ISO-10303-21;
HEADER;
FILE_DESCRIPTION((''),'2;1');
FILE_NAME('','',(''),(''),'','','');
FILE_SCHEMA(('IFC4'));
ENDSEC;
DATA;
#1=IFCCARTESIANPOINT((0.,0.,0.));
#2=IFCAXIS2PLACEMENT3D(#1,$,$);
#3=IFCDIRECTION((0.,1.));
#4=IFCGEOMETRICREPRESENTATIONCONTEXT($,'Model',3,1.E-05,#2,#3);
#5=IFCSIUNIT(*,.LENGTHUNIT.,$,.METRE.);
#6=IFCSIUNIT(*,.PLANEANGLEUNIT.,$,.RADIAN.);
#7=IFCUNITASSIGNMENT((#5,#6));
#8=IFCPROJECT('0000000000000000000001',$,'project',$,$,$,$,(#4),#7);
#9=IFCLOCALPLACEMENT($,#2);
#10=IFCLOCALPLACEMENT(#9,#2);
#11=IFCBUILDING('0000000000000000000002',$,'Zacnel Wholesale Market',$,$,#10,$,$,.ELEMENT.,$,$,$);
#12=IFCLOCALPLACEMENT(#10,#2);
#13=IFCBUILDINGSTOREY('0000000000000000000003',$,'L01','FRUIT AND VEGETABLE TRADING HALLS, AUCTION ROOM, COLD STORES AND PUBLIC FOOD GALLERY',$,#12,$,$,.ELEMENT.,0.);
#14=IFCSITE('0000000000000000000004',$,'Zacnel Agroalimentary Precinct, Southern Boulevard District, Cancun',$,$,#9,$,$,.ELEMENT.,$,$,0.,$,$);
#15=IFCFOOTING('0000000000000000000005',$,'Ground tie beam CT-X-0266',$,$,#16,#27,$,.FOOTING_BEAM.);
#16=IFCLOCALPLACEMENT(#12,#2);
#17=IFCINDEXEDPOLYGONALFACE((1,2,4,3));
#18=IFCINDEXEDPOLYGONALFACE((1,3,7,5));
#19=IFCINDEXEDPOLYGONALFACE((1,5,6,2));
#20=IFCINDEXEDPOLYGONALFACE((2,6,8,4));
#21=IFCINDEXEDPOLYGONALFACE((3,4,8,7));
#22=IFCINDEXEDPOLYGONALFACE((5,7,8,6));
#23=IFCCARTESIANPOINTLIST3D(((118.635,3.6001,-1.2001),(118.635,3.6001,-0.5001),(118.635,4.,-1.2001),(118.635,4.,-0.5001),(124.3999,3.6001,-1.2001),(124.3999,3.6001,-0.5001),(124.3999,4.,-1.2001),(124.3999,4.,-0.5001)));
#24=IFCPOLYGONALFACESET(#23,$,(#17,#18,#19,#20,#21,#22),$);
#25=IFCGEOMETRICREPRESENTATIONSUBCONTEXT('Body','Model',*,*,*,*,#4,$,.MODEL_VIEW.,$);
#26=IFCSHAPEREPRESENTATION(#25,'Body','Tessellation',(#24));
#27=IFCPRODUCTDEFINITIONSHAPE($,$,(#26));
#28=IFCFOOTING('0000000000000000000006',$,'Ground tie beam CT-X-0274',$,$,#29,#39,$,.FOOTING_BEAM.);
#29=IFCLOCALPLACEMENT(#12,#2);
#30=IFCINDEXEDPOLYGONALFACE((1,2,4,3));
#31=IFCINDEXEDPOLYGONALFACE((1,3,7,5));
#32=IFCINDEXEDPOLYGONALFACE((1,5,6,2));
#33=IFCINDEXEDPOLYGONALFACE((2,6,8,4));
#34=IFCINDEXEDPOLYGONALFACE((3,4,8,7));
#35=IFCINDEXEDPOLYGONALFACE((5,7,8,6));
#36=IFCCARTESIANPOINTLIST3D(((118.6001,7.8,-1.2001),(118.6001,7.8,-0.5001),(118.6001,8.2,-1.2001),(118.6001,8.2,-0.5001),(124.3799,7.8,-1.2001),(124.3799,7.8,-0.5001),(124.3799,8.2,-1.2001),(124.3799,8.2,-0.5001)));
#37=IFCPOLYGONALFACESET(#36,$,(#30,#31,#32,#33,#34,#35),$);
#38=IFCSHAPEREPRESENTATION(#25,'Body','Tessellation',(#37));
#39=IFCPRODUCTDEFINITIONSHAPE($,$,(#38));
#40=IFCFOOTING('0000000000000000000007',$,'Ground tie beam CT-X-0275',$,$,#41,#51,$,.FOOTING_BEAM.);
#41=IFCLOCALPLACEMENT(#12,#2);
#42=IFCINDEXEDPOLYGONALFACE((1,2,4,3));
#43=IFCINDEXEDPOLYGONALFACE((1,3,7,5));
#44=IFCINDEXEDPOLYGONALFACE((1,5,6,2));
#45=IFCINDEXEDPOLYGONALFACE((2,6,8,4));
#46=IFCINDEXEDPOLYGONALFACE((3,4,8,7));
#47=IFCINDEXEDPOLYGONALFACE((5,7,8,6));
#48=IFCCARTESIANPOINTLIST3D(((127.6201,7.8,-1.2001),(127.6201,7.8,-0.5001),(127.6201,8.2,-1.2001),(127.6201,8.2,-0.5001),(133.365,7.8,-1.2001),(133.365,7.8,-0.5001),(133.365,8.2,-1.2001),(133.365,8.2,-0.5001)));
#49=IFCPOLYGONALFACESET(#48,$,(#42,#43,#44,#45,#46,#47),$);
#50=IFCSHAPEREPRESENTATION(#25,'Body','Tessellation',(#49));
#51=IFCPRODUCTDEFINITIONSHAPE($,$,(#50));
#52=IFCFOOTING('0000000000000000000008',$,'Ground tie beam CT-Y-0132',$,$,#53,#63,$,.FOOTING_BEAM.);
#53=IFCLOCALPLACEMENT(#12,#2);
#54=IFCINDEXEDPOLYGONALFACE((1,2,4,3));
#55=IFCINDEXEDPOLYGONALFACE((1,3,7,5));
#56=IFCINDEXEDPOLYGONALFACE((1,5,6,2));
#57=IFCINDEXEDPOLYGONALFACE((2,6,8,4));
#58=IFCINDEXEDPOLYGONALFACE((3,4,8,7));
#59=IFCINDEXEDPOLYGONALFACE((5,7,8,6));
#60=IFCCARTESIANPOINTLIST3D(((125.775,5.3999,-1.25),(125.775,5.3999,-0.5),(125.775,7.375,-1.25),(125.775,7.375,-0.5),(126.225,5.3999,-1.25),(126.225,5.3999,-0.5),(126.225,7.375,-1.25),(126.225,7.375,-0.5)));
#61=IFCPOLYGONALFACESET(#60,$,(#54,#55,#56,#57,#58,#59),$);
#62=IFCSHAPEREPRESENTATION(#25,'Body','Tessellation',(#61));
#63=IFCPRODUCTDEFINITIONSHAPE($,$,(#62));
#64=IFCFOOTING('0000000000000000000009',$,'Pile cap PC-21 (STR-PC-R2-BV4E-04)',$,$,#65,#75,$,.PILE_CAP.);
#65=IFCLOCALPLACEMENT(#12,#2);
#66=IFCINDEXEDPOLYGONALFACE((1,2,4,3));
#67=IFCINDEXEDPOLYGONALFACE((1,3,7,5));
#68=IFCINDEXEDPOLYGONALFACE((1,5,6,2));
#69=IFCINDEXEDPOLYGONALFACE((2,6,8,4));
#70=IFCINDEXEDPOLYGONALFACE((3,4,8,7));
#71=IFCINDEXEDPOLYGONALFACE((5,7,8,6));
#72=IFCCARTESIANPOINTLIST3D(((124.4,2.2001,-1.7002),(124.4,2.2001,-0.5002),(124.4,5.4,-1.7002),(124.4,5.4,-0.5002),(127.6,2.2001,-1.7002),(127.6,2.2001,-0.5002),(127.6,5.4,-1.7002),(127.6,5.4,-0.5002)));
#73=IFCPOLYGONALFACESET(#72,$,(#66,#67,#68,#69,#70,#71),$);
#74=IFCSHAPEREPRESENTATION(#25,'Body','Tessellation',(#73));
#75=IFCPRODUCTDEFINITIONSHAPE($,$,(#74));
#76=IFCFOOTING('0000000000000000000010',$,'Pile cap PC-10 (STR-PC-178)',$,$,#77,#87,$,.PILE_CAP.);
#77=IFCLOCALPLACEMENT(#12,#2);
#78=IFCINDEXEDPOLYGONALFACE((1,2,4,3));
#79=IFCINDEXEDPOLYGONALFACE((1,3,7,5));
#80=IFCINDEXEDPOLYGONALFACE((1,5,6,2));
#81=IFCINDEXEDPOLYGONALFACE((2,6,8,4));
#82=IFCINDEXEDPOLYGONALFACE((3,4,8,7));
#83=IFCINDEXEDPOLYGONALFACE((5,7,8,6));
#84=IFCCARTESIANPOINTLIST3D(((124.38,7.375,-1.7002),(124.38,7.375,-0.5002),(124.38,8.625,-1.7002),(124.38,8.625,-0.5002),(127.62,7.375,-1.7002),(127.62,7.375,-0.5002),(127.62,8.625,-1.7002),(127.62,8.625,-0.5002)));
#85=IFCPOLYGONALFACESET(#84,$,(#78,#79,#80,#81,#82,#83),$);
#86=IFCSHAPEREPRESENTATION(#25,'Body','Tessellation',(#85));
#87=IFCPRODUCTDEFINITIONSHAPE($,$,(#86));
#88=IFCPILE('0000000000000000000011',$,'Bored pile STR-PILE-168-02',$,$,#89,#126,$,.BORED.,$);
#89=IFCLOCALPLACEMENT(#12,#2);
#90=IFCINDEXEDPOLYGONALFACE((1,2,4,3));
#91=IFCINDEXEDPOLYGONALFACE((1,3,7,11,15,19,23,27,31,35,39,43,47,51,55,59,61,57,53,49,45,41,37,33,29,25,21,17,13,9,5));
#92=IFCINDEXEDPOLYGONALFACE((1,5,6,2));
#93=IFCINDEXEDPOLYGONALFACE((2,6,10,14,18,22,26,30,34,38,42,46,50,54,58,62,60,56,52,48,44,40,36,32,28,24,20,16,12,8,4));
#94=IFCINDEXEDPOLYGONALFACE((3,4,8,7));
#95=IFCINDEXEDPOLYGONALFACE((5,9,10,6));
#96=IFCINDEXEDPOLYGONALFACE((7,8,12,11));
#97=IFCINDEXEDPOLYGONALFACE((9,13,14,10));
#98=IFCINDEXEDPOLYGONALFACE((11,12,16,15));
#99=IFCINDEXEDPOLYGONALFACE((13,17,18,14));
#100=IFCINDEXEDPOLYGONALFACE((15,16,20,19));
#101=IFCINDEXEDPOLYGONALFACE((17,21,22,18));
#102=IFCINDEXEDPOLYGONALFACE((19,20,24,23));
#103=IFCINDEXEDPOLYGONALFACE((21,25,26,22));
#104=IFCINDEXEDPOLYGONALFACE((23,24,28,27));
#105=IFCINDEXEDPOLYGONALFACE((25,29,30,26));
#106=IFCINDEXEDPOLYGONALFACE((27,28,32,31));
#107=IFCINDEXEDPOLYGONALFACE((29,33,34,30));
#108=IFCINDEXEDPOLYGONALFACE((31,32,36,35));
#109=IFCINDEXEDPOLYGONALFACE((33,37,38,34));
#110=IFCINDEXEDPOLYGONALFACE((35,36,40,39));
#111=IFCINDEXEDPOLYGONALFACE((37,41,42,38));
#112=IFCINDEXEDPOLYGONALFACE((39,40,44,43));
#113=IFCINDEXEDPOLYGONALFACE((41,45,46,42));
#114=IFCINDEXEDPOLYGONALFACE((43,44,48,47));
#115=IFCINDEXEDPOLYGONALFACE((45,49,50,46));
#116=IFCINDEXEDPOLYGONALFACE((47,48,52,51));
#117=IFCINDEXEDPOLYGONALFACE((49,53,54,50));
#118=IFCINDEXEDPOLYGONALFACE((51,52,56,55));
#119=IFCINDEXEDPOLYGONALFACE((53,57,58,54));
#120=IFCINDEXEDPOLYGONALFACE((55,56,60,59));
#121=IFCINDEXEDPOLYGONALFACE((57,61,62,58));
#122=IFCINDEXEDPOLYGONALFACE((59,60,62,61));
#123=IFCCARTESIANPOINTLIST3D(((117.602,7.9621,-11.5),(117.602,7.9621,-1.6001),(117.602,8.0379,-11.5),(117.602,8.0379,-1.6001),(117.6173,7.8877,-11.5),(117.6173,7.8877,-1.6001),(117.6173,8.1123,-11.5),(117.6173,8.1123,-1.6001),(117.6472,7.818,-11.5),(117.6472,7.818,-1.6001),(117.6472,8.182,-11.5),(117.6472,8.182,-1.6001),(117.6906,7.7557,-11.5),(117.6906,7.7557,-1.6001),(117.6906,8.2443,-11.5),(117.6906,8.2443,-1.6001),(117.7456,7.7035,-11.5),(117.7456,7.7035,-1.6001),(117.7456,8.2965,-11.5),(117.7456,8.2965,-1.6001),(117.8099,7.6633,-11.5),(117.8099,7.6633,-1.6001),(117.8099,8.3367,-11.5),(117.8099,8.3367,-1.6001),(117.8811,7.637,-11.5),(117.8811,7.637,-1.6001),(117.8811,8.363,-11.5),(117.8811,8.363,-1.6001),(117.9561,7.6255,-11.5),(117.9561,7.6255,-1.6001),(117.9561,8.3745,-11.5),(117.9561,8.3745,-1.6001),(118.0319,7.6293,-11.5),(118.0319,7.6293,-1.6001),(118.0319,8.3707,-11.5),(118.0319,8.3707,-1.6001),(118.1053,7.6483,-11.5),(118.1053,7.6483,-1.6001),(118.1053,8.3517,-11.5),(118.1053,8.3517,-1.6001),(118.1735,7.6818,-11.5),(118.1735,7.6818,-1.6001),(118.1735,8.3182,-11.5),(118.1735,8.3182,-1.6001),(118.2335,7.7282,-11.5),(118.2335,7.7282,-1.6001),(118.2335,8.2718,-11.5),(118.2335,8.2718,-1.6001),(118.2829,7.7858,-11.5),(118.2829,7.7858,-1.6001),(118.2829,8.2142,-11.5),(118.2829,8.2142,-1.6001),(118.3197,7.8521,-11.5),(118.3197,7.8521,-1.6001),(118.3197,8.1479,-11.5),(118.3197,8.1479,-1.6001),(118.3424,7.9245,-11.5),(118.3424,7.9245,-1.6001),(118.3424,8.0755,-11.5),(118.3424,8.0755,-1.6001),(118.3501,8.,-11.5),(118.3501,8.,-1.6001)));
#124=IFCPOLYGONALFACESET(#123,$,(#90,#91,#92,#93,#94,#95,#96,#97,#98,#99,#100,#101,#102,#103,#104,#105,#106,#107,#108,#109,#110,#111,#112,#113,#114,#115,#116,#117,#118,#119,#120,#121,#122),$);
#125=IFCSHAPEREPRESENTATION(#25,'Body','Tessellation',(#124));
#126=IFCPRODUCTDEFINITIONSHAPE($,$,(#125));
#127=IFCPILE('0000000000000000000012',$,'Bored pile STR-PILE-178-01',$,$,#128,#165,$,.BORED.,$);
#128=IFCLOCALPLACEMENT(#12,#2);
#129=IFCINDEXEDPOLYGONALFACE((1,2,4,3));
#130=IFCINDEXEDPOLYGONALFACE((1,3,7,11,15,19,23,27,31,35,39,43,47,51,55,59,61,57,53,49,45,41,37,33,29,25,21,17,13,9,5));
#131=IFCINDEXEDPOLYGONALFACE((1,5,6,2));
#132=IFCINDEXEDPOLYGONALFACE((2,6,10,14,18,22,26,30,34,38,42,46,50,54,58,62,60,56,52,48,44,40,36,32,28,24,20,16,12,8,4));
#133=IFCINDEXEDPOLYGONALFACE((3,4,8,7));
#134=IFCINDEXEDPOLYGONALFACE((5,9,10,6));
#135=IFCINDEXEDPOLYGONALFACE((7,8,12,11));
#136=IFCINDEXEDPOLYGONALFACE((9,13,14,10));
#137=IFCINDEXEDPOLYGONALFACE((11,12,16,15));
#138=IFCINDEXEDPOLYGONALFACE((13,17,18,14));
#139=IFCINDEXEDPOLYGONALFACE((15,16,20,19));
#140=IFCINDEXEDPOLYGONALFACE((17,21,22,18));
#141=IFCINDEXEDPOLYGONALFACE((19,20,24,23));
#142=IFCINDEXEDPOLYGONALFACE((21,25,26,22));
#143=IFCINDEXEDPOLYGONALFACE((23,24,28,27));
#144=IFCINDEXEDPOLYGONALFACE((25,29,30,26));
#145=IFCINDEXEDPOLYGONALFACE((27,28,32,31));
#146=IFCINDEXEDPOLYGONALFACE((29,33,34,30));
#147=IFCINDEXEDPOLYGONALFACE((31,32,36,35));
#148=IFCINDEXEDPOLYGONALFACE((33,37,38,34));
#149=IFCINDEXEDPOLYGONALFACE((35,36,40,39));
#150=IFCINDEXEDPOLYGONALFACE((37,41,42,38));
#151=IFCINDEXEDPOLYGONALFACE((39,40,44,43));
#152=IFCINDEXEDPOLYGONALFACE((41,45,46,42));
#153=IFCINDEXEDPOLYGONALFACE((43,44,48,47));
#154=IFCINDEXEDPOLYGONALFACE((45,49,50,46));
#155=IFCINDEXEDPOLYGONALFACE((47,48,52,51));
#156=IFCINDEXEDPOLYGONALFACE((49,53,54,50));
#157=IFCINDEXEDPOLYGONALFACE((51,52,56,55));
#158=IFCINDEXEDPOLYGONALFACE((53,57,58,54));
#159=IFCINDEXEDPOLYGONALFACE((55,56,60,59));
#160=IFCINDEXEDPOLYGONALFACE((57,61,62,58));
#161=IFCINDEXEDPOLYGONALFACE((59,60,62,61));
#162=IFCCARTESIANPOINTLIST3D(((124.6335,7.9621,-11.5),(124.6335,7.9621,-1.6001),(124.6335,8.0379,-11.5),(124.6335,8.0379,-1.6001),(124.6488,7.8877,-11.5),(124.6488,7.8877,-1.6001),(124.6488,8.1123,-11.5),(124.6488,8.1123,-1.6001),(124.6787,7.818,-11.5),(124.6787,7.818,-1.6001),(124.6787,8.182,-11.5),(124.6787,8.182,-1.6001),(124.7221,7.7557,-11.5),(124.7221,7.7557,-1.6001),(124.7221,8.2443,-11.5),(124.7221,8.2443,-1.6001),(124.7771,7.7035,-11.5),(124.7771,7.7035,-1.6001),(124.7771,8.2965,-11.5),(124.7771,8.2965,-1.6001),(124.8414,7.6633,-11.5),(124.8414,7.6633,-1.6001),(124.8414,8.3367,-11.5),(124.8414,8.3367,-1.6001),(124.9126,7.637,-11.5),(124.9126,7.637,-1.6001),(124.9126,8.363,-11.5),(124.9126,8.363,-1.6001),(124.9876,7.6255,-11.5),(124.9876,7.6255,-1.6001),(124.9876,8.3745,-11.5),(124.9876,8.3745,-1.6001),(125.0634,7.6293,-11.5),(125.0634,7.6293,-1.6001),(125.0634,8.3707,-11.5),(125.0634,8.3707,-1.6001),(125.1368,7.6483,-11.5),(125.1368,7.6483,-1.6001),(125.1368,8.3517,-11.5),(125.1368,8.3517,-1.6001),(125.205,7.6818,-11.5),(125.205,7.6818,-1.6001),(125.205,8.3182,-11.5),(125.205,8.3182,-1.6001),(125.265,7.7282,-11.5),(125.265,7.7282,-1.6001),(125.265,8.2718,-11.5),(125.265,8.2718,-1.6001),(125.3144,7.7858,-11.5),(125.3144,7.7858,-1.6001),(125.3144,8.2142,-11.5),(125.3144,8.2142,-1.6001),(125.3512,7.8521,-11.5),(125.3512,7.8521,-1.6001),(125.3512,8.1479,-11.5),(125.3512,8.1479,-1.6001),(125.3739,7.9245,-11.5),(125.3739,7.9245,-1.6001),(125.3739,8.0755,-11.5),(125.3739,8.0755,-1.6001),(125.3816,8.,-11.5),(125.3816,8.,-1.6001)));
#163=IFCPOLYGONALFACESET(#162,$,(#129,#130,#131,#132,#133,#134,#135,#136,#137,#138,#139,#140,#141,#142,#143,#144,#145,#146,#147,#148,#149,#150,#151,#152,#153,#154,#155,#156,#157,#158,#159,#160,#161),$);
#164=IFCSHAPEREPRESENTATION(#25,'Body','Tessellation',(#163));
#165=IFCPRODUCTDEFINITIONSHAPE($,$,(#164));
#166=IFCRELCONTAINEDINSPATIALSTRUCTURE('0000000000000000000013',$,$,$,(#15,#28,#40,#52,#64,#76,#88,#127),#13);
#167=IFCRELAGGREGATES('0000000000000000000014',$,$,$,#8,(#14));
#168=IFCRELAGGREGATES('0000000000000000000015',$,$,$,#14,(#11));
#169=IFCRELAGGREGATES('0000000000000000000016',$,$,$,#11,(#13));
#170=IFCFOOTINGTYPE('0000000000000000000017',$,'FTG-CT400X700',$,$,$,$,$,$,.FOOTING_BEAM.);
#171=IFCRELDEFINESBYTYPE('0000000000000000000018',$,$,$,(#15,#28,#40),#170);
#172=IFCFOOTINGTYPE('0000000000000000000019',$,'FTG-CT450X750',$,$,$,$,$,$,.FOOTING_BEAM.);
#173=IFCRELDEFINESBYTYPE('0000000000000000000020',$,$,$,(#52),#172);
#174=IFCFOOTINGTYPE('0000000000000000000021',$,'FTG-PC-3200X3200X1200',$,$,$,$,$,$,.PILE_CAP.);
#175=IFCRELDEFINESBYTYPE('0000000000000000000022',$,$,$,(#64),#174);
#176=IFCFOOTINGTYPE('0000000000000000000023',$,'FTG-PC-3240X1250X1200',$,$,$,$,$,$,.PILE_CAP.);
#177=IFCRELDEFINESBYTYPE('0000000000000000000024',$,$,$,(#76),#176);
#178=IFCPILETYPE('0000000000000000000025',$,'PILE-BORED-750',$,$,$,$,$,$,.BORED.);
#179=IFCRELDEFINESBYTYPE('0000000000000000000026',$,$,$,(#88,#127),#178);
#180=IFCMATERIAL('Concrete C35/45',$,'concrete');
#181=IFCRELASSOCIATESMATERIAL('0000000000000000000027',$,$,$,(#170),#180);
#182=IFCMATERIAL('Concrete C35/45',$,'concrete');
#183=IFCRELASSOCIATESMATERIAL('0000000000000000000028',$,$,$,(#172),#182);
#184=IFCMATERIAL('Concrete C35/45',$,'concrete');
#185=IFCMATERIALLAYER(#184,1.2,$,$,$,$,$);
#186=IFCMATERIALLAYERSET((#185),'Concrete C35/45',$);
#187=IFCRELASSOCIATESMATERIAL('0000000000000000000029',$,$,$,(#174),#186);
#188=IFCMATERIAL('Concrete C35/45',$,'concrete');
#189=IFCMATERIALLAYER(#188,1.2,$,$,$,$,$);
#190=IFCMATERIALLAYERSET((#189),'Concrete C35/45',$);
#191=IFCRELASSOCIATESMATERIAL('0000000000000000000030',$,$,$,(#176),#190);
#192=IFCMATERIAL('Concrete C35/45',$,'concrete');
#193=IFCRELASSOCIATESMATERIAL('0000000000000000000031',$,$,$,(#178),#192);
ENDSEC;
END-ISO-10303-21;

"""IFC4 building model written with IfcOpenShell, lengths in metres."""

from ifc_helpers import new_model, si_unit, direction, frame, origin, origin_2d, place, context, subcontext, project, spatial, rectangle, circle, extrude, material, layer, layer_set, material_profile, profile_set, type_object, element, save


model = new_model("IFC4")

# Units and contexts
model_context = context("Model", 3, precision=1e-05, world=origin(), true_north=direction((0.0, 1.0)))
body_context = subcontext(model_context, "Body", "Model", "MODEL_VIEW")
ifc_project = project(units=[si_unit("LENGTHUNIT", "METRE"), si_unit("PLANEANGLEUNIT", "RADIAN")], contexts=[model_context])

# Site, building, storey
site_placement = place(None, origin())
site = spatial("IfcSite", under=ifc_project, at=site_placement, Name="Zacnel Agroalimentary Precinct, Southern Boulevard District, Cancun", CompositionType="ELEMENT", RefElevation=0.0)
building_placement = place(site_placement, origin())
building = spatial("IfcBuilding", under=site, at=building_placement, Name="Zacnel Wholesale Market", CompositionType="ELEMENT")
storey_placement = place(building_placement, origin())
storey = spatial("IfcBuildingStorey", under=building, at=storey_placement, Name="L01", Description="FRUIT AND VEGETABLE TRADING HALLS, AUCTION ROOM, COLD STORES AND PUBLIC FOOD GALLERY", CompositionType="ELEMENT", Elevation=0.0)

# Footings
ifc_material_1 = material(Name="Concrete C35/45", Category="concrete")
ifc_material_profile_1 = material_profile(ifc_material_1, rectangle(XDim=0.3999, YDim=0.7, at=origin_2d()), Name="CT 400x700")
ifc_profile_set_1 = profile_set([ifc_material_profile_1], Name="Concrete C35/45")
footing_type_1 = type_object("IfcFootingType", Name="FTG-CT400X700", PredefinedType="FOOTING_BEAM", material=ifc_profile_set_1)
footing_1_placement = place(storey_placement, frame((118.635, 3.8, -0.8501), z_axis=(1.0, 0.0, 0.0), x_axis=(0.0, 1.0, 0.0)))
element("IfcFooting", 1, at=footing_1_placement, inside=storey, type_object=footing_type_1, Name="Ground tie beam CT-X-0266", PredefinedType="FOOTING_BEAM", context=body_context, shape_type="SweptSolid", body=[
    extrude(rectangle(XDim=0.3999, YDim=0.7, at=origin_2d()), origin(), (0.0, 0.0, 1.0), 5.7649),
])
footing_2_placement = place(storey_placement, frame((118.6001, 8.0, -0.8501), z_axis=(1.0, 0.0, 0.0), x_axis=(0.0, 1.0, 0.0)))
element("IfcFooting", 2, at=footing_2_placement, inside=storey, type_object=footing_type_1, Name="Ground tie beam CT-X-0274", PredefinedType="FOOTING_BEAM", context=body_context, shape_type="SweptSolid", body=[
    extrude(rectangle(XDim=0.3999, YDim=0.7, at=origin_2d()), origin(), (0.0, 0.0, 1.0), 5.7798),
])
footing_3_placement = place(storey_placement, frame((127.6201, 8.0, -0.8501), z_axis=(1.0, 0.0, 0.0), x_axis=(0.0, 1.0, 0.0)))
element("IfcFooting", 3, at=footing_3_placement, inside=storey, type_object=footing_type_1, Name="Ground tie beam CT-X-0275", PredefinedType="FOOTING_BEAM", context=body_context, shape_type="SweptSolid", body=[
    extrude(rectangle(XDim=0.3999, YDim=0.7, at=origin_2d()), origin(), (0.0, 0.0, 1.0), 5.7449),
])
ifc_material_2 = material(Name="Concrete C35/45", Category="concrete")
ifc_material_profile_2 = material_profile(ifc_material_2, rectangle(XDim=0.45, YDim=0.75, at=origin_2d()), Name="CT 450x750")
ifc_profile_set_2 = profile_set([ifc_material_profile_2], Name="Concrete C35/45")
footing_type_2 = type_object("IfcFootingType", Name="FTG-CT450X750", PredefinedType="FOOTING_BEAM", material=ifc_profile_set_2)
footing_4_placement = place(storey_placement, frame((126.0, 5.3999, -0.875), z_axis=(0.0, 1.0, 0.0), x_axis=(-1.0, 0.0, 0.0)))
element("IfcFooting", 4, at=footing_4_placement, inside=storey, type_object=footing_type_2, Name="Ground tie beam CT-Y-0132", PredefinedType="FOOTING_BEAM", context=body_context, shape_type="SweptSolid", body=[
    extrude(rectangle(XDim=0.45, YDim=0.75, at=origin_2d()), origin(), (0.0, 0.0, 1.0), 1.9751),
])
ifc_material_3 = material(Name="Concrete C35/45", Category="concrete")
ifc_layer_1 = layer(ifc_material_3, 1.2)
ifc_layer_set_1 = layer_set([ifc_layer_1], Name="Concrete C35/45")
footing_type_3 = type_object("IfcFootingType", Name="FTG-PC-3200X3200X1200", PredefinedType="PILE_CAP", material=ifc_layer_set_1)
footing_5_placement = place(storey_placement, frame((126.0, 3.8, -1.7002), z_axis=(0.0, 0.0, 1.0), x_axis=(1.0, 0.0, 0.0)))
element("IfcFooting", 5, at=footing_5_placement, inside=storey, type_object=footing_type_3, Name="Pile cap PC-21 (STR-PC-R2-BV4E-04)", PredefinedType="PILE_CAP", context=body_context, shape_type="SweptSolid", body=[
    extrude(rectangle(XDim=3.2, YDim=3.2, at=origin_2d()), origin(), (0.0, 0.0, 1.0), 1.2),
])
ifc_material_4 = material(Name="Concrete C35/45", Category="concrete")
ifc_layer_2 = layer(ifc_material_4, 1.2)
ifc_layer_set_2 = layer_set([ifc_layer_2], Name="Concrete C35/45")
footing_type_4 = type_object("IfcFootingType", Name="FTG-PC-3240X1250X1200", PredefinedType="PILE_CAP", material=ifc_layer_set_2)
footing_6_placement = place(storey_placement, frame((126.0, 8.0, -1.7002), z_axis=(0.0, 0.0, 1.0), x_axis=(1.0, 0.0, 0.0)))
element("IfcFooting", 6, at=footing_6_placement, inside=storey, type_object=footing_type_4, Name="Pile cap PC-10 (STR-PC-178)", PredefinedType="PILE_CAP", context=body_context, shape_type="SweptSolid", body=[
    extrude(rectangle(XDim=3.24, YDim=1.25, at=origin_2d()), origin(), (0.0, 0.0, 1.0), 1.2),
])

# Piles
ifc_material_5 = material(Name="Concrete C35/45", Category="concrete")
ifc_material_profile_3 = material_profile(ifc_material_5, circle(Radius=0.375, at=origin_2d()), Name="BORED PILE D750")
ifc_profile_set_3 = profile_set([ifc_material_profile_3], Name="Concrete C35/45")
pile_type = type_object("IfcPileType", Name="PILE-BORED-750", PredefinedType="BORED", material=ifc_profile_set_3)
for number, where, z_axis, x_axis, name in (
    (7, (117.9751, 8.0, -1.6001), (0.0, 0.0, -1.0), (1.0, 0.0, 0.0), "Bored pile STR-PILE-168-02"),
    (8, (125.0066, 8.0, -1.6001), (0.0, 0.0, -1.0), (1.0, 0.0, 0.0), "Bored pile STR-PILE-178-01"),
):
    element("IfcPile", number, at=place(storey_placement, frame(where, z_axis=z_axis, x_axis=x_axis)), inside=storey, type_object=pile_type, Name=name, PredefinedType="BORED", context=body_context, shape_type="SweptSolid", body=[
        extrude(circle(Radius=0.375, at=origin_2d()), origin(), (0.0, 0.0, 1.0), 9.8999),
    ])

save(model, "model.ifc")
